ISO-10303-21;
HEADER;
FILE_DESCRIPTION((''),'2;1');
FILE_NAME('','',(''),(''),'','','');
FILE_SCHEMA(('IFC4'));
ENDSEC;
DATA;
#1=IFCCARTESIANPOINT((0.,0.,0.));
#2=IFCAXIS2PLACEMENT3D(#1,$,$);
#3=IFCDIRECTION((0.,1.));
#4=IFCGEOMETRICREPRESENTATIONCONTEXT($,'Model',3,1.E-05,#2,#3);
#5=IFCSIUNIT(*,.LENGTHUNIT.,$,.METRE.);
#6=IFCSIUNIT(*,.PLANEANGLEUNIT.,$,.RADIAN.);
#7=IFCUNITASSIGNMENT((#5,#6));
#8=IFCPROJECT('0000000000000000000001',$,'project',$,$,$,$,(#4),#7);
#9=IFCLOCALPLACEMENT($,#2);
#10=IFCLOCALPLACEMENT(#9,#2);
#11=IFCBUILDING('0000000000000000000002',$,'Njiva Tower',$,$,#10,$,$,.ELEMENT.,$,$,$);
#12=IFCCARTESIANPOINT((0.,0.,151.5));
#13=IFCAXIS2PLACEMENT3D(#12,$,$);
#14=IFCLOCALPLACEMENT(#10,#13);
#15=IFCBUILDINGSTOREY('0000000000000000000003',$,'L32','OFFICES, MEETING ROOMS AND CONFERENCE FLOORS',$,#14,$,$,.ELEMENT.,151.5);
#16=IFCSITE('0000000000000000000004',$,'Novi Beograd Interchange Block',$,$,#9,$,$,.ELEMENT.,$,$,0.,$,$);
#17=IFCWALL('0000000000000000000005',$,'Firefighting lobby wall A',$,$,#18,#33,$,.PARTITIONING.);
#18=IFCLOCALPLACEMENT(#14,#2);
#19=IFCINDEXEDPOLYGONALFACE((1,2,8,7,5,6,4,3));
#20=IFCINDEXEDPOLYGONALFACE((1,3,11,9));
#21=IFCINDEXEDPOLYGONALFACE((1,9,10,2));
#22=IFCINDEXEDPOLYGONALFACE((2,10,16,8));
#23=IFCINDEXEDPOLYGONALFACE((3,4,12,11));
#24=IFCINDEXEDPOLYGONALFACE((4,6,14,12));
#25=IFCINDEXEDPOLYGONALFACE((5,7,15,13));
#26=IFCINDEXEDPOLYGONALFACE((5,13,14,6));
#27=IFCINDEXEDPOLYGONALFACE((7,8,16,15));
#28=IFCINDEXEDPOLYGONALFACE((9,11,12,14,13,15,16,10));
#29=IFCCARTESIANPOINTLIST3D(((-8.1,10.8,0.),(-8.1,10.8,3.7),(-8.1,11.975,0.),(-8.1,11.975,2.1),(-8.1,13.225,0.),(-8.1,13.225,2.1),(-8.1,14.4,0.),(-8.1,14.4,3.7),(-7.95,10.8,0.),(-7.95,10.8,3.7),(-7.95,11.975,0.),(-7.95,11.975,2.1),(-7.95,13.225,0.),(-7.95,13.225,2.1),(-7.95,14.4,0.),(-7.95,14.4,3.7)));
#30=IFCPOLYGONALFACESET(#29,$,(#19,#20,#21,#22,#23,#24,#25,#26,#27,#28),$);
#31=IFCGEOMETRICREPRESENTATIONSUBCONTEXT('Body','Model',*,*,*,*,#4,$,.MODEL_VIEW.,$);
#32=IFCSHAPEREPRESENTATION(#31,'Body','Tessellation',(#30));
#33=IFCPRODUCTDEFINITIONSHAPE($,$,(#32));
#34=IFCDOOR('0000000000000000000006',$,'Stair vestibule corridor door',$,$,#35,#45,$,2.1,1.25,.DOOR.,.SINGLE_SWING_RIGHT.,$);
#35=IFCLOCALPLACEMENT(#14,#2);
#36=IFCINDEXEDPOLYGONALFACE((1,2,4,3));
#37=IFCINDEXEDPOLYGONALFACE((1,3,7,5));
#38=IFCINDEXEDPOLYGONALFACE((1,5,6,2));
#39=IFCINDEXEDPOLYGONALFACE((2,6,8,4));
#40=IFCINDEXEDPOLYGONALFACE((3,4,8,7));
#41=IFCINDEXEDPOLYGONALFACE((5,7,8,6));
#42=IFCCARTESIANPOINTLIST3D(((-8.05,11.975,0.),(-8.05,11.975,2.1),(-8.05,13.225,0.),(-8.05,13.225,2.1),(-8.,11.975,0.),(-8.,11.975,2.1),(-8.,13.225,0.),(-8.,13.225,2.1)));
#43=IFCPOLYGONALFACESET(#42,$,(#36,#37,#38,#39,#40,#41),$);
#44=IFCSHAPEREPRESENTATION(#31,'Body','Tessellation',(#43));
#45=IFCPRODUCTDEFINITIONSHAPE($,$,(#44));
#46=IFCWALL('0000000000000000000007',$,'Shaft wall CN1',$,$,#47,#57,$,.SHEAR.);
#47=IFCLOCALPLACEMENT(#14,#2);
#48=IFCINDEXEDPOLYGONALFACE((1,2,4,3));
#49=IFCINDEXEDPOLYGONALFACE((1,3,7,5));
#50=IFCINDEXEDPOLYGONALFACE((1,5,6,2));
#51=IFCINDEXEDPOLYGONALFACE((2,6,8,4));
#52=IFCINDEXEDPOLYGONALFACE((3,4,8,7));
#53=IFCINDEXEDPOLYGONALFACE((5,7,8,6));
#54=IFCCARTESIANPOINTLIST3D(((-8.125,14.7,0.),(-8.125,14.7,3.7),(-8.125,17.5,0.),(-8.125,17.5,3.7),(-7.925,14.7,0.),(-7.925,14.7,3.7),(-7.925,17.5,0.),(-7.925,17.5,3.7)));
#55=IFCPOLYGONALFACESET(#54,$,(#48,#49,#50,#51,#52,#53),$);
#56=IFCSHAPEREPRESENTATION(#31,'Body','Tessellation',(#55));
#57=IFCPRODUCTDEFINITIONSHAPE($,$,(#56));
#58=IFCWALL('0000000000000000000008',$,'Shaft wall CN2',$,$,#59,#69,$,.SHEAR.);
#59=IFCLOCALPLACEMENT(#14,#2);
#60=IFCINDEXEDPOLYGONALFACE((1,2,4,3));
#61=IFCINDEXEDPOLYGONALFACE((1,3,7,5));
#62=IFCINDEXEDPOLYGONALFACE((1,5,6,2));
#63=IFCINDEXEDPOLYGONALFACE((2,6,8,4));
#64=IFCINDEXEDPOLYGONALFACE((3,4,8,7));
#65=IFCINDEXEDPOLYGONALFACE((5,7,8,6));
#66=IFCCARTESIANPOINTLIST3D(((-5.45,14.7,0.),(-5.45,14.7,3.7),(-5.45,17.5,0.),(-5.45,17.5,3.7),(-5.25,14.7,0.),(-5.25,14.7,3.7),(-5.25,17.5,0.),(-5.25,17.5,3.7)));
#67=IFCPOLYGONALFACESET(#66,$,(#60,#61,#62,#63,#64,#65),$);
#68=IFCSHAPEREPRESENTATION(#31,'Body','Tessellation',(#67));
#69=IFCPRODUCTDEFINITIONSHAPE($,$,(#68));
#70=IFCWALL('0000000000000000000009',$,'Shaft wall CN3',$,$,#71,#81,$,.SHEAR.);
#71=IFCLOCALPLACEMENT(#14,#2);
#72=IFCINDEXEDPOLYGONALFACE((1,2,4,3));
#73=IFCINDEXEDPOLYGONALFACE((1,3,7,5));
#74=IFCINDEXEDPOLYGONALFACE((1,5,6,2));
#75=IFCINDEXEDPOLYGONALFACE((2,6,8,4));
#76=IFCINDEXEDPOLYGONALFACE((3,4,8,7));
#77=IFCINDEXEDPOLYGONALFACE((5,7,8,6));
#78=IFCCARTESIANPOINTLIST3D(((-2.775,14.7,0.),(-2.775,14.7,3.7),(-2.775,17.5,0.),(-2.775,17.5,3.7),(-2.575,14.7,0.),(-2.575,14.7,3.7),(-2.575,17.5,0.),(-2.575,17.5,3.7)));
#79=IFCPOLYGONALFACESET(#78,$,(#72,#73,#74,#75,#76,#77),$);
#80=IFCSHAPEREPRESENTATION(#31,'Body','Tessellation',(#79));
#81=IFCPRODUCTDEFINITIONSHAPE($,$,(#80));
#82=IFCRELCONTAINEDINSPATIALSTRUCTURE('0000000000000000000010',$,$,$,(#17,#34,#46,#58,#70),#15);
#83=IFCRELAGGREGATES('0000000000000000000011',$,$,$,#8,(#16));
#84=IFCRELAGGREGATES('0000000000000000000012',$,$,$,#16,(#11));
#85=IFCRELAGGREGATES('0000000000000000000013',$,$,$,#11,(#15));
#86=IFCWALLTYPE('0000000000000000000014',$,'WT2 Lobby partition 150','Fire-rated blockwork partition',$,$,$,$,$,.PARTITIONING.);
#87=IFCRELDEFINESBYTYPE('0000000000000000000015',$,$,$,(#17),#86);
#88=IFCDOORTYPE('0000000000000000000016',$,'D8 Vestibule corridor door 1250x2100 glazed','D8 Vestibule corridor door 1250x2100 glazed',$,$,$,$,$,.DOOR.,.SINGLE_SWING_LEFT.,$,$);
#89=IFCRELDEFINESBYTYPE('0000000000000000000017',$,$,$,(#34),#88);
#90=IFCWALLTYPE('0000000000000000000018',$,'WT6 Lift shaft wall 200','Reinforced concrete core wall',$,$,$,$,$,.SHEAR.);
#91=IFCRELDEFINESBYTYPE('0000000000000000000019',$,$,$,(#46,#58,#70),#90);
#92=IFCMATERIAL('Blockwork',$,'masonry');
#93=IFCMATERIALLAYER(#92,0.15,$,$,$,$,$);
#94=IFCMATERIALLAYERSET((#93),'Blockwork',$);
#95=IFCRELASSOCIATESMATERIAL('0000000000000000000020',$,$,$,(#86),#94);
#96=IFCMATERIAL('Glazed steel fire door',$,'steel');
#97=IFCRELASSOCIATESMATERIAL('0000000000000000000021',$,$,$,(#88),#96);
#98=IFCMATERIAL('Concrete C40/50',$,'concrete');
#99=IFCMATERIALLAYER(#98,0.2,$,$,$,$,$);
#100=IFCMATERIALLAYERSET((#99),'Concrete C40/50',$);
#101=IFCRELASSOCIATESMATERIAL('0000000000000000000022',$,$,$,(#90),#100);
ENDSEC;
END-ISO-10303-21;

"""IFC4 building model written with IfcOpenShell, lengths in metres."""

from ifc_helpers import new_model, si_unit, direction, frame, frame_2d, origin, place, context, subcontext, project, spatial, rectangle, extrude, material, layer, layer_set, type_object, element, fill, save


model = new_model("IFC4")

# Units and contexts
model_context = context("Model", 3, precision=1e-05, world=origin(), true_north=direction((0.0, 1.0)))
body_context = subcontext(model_context, "Body", "Model", "MODEL_VIEW")
ifc_project = project(units=[si_unit("LENGTHUNIT", "METRE"), si_unit("PLANEANGLEUNIT", "RADIAN")], contexts=[model_context])

# Site, building, storey
site_placement = place(None, origin())
site = spatial("IfcSite", under=ifc_project, at=site_placement, Name="Novi Beograd Interchange Block", CompositionType="ELEMENT", RefElevation=0.0)
building_placement = place(site_placement, origin())
building = spatial("IfcBuilding", under=site, at=building_placement, Name="Njiva Tower", CompositionType="ELEMENT")
storey_placement = place(building_placement, frame((0.0, 0.0, 151.5)))
storey = spatial("IfcBuildingStorey", under=building, at=storey_placement, Name="L32", Description="OFFICES, MEETING ROOMS AND CONFERENCE FLOORS", CompositionType="ELEMENT", Elevation=151.5)

# Shared definitions
ifc_material_1 = material(Name="Blockwork", Category="masonry")

# Wall, opening, door
ifc_layer_1 = layer(ifc_material_1, 0.15)
ifc_layer_set_1 = layer_set([ifc_layer_1], Name="Blockwork")
wall_type_1 = type_object("IfcWallType", Name="WT2 Lobby partition 150", Description="Fire-rated blockwork partition", PredefinedType="PARTITIONING", material=ifc_layer_set_1)
wall_1_placement = place(storey_placement, frame((-8.025, 10.8, 0.0), z_axis=(0.0, 0.0, 1.0), x_axis=(0.0, 1.0, 0.0)))
wall_1 = element("IfcWall", 1, at=wall_1_placement, inside=storey, type_object=wall_type_1, Name="Firefighting lobby wall A", PredefinedType="PARTITIONING", context=body_context, shape_type="SweptSolid", body=[
    extrude(rectangle(XDim=3.6, YDim=0.15, at=frame_2d((1.8, 0.0))), origin(), (0.0, 0.0, 1.0), 3.7),
])
opening_1_placement = place(wall_1_placement, frame((1.175, 0.0, 0.0)))
opening_1 = element("IfcOpeningElement", 2, at=opening_1_placement, cuts=wall_1, PredefinedType="OPENING", context=body_context, shape_type="SweptSolid", body=[
    extrude(rectangle(XDim=1.25, YDim=2.1, at=frame_2d((0.625, 1.05))), frame((0.0, 0.085, 0.0), z_axis=(0.0, -1.0, 0.0), x_axis=(1.0, 0.0, 0.0)), (0.0, 0.0, 1.0), 0.17),
])
ifc_material_2 = material(Name="Glazed steel fire door", Category="steel")
door_type_1 = type_object("IfcDoorType", Name="D8 Vestibule corridor door 1250x2100 glazed", Description="D8 Vestibule corridor door 1250x2100 glazed", OperationType="SINGLE_SWING_LEFT", PredefinedType="DOOR", material=ifc_material_2)
door_1_placement = place(opening_1_placement, origin())
door_1 = element("IfcDoor", 3, at=door_1_placement, inside=storey, type_object=door_type_1, Name="Stair vestibule corridor door", OperationType="SINGLE_SWING_RIGHT", OverallHeight=2.1, OverallWidth=1.25, PredefinedType="DOOR", context=body_context, shape_type="SweptSolid", body=[
    extrude(rectangle(XDim=1.25, YDim=2.1, at=frame_2d((0.625, 1.05))), frame((0.0, 0.025, 0.0), z_axis=(0.0, -1.0, 0.0), x_axis=(1.0, 0.0, 0.0)), (0.0, 0.0, 1.0), 0.05),
])
fill(opening_1, door_1)

# Walls
ifc_material_3 = material(Name="Concrete C40/50", Category="concrete")
ifc_layer_2 = layer(ifc_material_3, 0.2)
ifc_layer_set_2 = layer_set([ifc_layer_2], Name="Concrete C40/50")
wall_type_2 = type_object("IfcWallType", Name="WT6 Lift shaft wall 200", Description="Reinforced concrete core wall", PredefinedType="SHEAR", material=ifc_layer_set_2)
for number, where, z_axis, x_axis, name in (
    (4, (-8.025, 14.7, 0.0), (0.0, 0.0, 1.0), (0.0, 1.0, 0.0), "Shaft wall CN1"),
    (5, (-5.35, 14.7, 0.0), (0.0, 0.0, 1.0), (0.0, 1.0, 0.0), "Shaft wall CN2"),
    (6, (-2.675, 14.7, 0.0), (0.0, 0.0, 1.0), (0.0, 1.0, 0.0), "Shaft wall CN3"),
):
    element("IfcWall", number, at=place(storey_placement, frame(where, z_axis=z_axis, x_axis=x_axis)), inside=storey, type_object=wall_type_2, Name=name, PredefinedType="SHEAR", context=body_context, shape_type="SweptSolid", body=[
        extrude(rectangle(XDim=2.8, YDim=0.2, at=frame_2d((1.4, 0.0))), origin(), (0.0, 0.0, 1.0), 3.7),
    ])

save(model, "model.ifc")
